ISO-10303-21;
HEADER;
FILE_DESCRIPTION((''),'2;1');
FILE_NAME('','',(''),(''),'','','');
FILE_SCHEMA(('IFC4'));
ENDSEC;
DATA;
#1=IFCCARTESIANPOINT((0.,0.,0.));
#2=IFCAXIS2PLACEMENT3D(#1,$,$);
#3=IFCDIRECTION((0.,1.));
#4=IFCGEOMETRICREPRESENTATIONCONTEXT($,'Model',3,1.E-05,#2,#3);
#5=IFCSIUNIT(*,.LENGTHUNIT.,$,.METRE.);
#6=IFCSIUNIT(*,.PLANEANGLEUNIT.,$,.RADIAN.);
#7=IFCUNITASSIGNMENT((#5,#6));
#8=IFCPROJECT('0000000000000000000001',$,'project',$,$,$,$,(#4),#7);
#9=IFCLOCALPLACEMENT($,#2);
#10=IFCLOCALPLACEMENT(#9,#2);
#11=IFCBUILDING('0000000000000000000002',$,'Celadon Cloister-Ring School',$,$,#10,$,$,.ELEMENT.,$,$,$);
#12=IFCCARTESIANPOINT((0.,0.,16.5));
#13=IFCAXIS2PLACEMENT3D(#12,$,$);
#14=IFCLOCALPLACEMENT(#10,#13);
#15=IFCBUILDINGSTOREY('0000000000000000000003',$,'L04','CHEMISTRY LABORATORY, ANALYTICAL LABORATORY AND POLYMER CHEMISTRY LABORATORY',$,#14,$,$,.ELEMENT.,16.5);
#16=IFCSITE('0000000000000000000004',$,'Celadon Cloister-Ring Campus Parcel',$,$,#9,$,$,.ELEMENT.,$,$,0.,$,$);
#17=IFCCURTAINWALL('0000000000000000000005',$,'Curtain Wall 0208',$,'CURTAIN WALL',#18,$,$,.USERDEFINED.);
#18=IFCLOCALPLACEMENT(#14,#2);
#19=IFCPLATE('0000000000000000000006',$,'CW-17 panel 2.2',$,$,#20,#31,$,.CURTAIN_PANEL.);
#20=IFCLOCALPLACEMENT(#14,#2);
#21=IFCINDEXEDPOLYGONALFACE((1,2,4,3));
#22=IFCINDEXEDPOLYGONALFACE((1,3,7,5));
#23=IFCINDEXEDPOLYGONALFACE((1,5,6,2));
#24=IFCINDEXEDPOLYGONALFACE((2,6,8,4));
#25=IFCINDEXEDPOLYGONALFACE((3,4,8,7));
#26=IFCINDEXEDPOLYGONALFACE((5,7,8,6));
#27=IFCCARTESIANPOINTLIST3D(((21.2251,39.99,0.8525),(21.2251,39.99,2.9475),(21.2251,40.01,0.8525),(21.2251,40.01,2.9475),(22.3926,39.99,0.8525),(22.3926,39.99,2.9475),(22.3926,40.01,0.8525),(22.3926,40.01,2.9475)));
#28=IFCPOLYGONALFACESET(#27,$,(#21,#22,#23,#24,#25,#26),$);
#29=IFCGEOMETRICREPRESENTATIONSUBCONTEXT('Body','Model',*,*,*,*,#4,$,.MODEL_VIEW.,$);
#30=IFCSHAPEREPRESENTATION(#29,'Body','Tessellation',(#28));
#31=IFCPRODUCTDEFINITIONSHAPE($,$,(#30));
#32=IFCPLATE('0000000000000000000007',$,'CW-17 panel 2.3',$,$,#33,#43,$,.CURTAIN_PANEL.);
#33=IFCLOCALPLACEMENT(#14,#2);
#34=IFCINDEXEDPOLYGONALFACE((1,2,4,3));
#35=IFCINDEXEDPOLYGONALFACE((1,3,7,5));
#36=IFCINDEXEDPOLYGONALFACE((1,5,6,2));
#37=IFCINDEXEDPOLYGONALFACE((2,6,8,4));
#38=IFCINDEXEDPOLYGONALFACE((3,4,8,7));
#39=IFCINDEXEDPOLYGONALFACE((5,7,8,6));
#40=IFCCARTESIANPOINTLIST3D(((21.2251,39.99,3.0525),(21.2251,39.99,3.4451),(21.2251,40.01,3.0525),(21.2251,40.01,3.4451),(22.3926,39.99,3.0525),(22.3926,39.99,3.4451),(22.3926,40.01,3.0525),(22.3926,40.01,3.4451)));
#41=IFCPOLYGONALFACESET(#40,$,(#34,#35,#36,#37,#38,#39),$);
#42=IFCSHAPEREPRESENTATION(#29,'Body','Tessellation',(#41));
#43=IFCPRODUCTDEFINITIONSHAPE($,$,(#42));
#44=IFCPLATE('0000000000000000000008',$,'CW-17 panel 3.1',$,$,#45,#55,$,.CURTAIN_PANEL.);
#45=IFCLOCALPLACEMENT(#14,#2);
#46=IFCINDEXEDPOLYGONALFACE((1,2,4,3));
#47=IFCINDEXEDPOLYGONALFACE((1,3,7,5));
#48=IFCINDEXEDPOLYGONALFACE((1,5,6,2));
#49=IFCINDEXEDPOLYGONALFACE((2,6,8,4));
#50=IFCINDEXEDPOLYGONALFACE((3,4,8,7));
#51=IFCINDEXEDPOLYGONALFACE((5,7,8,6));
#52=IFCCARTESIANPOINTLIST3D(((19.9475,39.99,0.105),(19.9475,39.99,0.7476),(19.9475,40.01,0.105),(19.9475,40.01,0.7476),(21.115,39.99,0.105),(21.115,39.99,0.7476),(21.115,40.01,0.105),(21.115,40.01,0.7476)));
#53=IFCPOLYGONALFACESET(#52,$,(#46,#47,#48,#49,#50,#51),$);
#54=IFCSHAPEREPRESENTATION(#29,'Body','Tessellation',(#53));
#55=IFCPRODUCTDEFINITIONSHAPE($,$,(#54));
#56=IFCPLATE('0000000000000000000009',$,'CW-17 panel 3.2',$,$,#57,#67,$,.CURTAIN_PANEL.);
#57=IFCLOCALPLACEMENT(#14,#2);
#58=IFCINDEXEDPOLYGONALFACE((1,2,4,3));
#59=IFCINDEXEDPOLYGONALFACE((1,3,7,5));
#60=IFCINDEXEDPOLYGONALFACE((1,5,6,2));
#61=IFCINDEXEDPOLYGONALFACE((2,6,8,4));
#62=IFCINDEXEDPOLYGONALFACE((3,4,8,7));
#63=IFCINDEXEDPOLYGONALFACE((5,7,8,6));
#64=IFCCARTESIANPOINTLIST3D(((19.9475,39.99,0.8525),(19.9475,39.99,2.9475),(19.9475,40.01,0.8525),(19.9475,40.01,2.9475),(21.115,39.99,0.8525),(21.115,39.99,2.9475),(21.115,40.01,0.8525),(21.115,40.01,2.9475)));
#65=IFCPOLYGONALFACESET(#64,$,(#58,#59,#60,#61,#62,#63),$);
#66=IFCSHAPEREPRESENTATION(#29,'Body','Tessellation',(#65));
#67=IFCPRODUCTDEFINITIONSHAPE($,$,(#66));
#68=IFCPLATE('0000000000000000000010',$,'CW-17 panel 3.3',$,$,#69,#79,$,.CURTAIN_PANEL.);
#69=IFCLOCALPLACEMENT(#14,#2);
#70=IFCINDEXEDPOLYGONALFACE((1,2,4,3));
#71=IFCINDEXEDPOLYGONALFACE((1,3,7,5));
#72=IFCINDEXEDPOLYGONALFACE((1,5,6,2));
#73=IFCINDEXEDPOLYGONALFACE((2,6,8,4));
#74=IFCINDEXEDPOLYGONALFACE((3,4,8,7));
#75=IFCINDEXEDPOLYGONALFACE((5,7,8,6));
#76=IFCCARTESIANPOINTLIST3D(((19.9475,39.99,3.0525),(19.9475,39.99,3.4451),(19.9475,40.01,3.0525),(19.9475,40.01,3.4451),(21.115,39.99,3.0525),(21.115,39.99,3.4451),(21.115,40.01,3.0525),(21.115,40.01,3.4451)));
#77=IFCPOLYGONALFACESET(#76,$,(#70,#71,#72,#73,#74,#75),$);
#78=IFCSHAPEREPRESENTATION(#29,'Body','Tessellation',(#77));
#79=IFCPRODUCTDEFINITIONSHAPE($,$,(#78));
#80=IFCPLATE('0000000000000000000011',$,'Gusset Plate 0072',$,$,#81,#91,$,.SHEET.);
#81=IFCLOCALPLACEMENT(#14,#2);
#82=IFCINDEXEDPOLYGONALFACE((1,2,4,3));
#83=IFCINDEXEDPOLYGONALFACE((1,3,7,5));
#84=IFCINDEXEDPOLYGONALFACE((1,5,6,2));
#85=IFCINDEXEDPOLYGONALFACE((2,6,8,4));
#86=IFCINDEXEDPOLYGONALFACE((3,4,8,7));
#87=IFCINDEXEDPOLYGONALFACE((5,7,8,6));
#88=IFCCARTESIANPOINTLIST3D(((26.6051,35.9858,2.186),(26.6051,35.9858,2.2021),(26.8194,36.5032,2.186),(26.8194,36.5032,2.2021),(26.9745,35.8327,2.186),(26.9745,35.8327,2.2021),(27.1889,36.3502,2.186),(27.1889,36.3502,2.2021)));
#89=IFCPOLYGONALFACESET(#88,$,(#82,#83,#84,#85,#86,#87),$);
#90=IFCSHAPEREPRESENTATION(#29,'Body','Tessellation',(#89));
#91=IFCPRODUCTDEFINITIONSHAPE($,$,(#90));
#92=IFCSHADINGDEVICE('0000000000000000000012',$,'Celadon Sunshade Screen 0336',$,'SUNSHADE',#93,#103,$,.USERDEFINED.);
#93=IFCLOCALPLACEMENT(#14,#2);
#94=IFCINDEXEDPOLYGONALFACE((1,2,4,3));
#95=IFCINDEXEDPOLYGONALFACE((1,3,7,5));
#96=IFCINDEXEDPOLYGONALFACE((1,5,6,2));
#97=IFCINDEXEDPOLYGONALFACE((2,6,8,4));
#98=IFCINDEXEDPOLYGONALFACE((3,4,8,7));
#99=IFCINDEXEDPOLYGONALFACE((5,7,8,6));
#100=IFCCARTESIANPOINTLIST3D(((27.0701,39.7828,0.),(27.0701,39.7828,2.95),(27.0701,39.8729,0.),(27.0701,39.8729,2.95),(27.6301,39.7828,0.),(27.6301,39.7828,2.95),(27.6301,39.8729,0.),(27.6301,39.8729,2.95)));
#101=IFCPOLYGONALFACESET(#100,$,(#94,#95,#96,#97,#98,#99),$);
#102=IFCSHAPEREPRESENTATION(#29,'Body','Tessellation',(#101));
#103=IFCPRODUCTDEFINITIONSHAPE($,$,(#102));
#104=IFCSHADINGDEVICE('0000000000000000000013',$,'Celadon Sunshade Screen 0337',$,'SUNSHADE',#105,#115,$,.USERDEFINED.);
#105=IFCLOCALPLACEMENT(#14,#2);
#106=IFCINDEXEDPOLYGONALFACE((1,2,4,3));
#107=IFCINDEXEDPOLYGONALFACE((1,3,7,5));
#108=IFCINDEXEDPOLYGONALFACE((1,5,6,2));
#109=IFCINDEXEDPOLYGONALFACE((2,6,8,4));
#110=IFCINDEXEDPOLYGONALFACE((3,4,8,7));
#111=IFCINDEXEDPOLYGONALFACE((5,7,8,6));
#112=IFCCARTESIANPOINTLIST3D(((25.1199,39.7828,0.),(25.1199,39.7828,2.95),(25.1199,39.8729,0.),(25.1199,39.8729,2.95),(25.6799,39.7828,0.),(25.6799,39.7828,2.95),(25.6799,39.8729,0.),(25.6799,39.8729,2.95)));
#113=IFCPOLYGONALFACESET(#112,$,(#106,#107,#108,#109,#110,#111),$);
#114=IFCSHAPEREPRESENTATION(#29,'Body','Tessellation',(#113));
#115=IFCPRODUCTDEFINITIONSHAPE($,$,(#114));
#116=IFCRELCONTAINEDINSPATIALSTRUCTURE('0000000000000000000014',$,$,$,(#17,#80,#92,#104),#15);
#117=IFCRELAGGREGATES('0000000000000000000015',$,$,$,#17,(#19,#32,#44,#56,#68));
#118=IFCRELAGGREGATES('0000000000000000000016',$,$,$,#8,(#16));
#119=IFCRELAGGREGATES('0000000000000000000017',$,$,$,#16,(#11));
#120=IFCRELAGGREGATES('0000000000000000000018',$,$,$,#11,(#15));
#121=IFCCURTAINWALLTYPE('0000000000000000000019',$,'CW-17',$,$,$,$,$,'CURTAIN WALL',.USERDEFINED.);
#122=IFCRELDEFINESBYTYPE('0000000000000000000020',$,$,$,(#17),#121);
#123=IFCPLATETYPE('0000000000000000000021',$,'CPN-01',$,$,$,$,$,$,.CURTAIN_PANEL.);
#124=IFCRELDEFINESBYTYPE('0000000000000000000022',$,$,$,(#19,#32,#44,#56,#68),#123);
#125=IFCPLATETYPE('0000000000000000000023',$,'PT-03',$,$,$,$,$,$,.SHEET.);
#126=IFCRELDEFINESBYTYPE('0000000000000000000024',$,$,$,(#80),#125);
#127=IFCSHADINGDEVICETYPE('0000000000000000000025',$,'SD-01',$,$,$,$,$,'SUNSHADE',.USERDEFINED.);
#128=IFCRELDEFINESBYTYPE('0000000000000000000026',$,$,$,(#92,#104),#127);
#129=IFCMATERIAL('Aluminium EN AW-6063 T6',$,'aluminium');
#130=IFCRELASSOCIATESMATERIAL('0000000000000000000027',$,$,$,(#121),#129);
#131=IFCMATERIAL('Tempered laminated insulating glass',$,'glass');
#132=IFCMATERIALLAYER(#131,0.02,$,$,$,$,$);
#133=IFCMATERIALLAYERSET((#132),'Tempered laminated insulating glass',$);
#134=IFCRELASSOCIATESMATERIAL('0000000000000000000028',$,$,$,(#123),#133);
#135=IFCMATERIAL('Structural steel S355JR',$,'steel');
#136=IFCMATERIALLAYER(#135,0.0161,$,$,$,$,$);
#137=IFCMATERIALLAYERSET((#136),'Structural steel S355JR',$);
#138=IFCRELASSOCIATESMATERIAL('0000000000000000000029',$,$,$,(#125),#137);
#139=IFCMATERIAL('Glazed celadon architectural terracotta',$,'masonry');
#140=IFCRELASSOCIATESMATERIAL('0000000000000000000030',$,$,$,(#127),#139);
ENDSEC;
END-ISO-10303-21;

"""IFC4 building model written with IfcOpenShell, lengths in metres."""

from ifc_helpers import new_model, si_unit, direction, frame, origin, origin_2d, place, context, subcontext, project, spatial, rectangle, extrude, material, layer, layer_set, type_object, element, aggregate, save


model = new_model("IFC4")

# Units and contexts
model_context = context("Model", 3, precision=1e-05, world=origin(), true_north=direction((0.0, 1.0)))
body_context = subcontext(model_context, "Body", "Model", "MODEL_VIEW")
ifc_project = project(units=[si_unit("LENGTHUNIT", "METRE"), si_unit("PLANEANGLEUNIT", "RADIAN")], contexts=[model_context])

# Site, building, storey
site_placement = place(None, origin())
site = spatial("IfcSite", under=ifc_project, at=site_placement, Name="Celadon Cloister-Ring Campus Parcel", CompositionType="ELEMENT", RefElevation=0.0)
building_placement = place(site_placement, origin())
building = spatial("IfcBuilding", under=site, at=building_placement, Name="Celadon Cloister-Ring School", CompositionType="ELEMENT")
storey_placement = place(building_placement, frame((0.0, 0.0, 16.5)))
storey = spatial("IfcBuildingStorey", under=building, at=storey_placement, Name="L04", Description="CHEMISTRY LABORATORY, ANALYTICAL LABORATORY AND POLYMER CHEMISTRY LABORATORY", CompositionType="ELEMENT", Elevation=16.5)

# Curtain wall, plates
ifc_material_1 = material(Name="Aluminium EN AW-6063 T6", Category="aluminium")
curtain_wall_type = type_object("IfcCurtainWallType", Name="CW-17", ElementType="CURTAIN WALL", PredefinedType="USERDEFINED", material=ifc_material_1)
curtain_wall_placement = place(storey_placement, origin())
curtain_wall = element("IfcCurtainWall", 1, at=curtain_wall_placement, inside=storey, type_object=curtain_wall_type, Name="Curtain Wall 0208", ObjectType="CURTAIN WALL", PredefinedType="USERDEFINED")
ifc_material_2 = material(Name="Tempered laminated insulating glass", Category="glass")
ifc_layer_1 = layer(ifc_material_2, 0.02)
ifc_layer_set_1 = layer_set([ifc_layer_1], Name="Tempered laminated insulating glass")
plate_type_1 = type_object("IfcPlateType", Name="CPN-01", PredefinedType="CURTAIN_PANEL", material=ifc_layer_set_1)
plate_1_placement = place(storey_placement, frame((21.8088, 40.0, 0.8525), z_axis=(0.0, 0.0, 1.0), x_axis=(-1.0, 0.0, 0.0)))
plate_1 = element("IfcPlate", 2, at=plate_1_placement, type_object=plate_type_1, Name="CW-17 panel 2.2", PredefinedType="CURTAIN_PANEL", context=body_context, shape_type="SweptSolid", body=[
    extrude(rectangle(XDim=1.1675, YDim=0.02, at=origin_2d()), origin(), (0.0, 0.0, 1.0), 2.095),
])
plate_2_placement = place(storey_placement, frame((21.8088, 40.0, 3.0525), z_axis=(0.0, 0.0, 1.0), x_axis=(-1.0, 0.0, 0.0)))
plate_2 = element("IfcPlate", 3, at=plate_2_placement, type_object=plate_type_1, Name="CW-17 panel 2.3", PredefinedType="CURTAIN_PANEL", context=body_context, shape_type="SweptSolid", body=[
    extrude(rectangle(XDim=1.1675, YDim=0.02, at=origin_2d()), origin(), (0.0, 0.0, 1.0), 0.3926),
])
plate_3_placement = place(storey_placement, frame((20.5312, 40.0, 0.105), z_axis=(0.0, 0.0, 1.0), x_axis=(-1.0, 0.0, 0.0)))
plate_3 = element("IfcPlate", 4, at=plate_3_placement, type_object=plate_type_1, Name="CW-17 panel 3.1", PredefinedType="CURTAIN_PANEL", context=body_context, shape_type="SweptSolid", body=[
    extrude(rectangle(XDim=1.1675, YDim=0.02, at=origin_2d()), origin(), (0.0, 0.0, 1.0), 0.6426),
])
plate_4_placement = place(storey_placement, frame((20.5312, 40.0, 0.8525), z_axis=(0.0, 0.0, 1.0), x_axis=(-1.0, 0.0, 0.0)))
plate_4 = element("IfcPlate", 5, at=plate_4_placement, type_object=plate_type_1, Name="CW-17 panel 3.2", PredefinedType="CURTAIN_PANEL", context=body_context, shape_type="SweptSolid", body=[
    extrude(rectangle(XDim=1.1675, YDim=0.02, at=origin_2d()), origin(), (0.0, 0.0, 1.0), 2.095),
])
plate_5_placement = place(storey_placement, frame((20.5312, 40.0, 3.0525), z_axis=(0.0, 0.0, 1.0), x_axis=(-1.0, 0.0, 0.0)))
plate_5 = element("IfcPlate", 6, at=plate_5_placement, type_object=plate_type_1, Name="CW-17 panel 3.3", PredefinedType="CURTAIN_PANEL", context=body_context, shape_type="SweptSolid", body=[
    extrude(rectangle(XDim=1.1675, YDim=0.02, at=origin_2d()), origin(), (0.0, 0.0, 1.0), 0.3926),
])
aggregate(curtain_wall, [plate_1, plate_2, plate_3, plate_4, plate_5])

# Plate
ifc_material_3 = material(Name="Structural steel S355JR", Category="steel")
ifc_layer_2 = layer(ifc_material_3, 0.0161)
ifc_layer_set_2 = layer_set([ifc_layer_2], Name="Structural steel S355JR")
plate_type_2 = type_object("IfcPlateType", Name="PT-03", PredefinedType="SHEET", material=ifc_layer_set_2)
plate_6_placement = place(storey_placement, frame((26.897, 36.168, 2.186), z_axis=(0.0, 0.0, 1.0), x_axis=(0.382683, 0.92388, 0.0)))
element("IfcPlate", 7, at=plate_6_placement, inside=storey, type_object=plate_type_2, Name="Gusset Plate 0072", PredefinedType="SHEET", context=body_context, shape_type="SweptSolid", body=[
    extrude(rectangle(XDim=0.5601, YDim=0.3999, at=origin_2d()), origin(), (0.0, 0.0, 1.0), 0.0161),
])

# Shading devices
ifc_material_4 = material(Name="Glazed celadon architectural terracotta", Category="masonry")
shading_device_type = type_object("IfcShadingDeviceType", Name="SD-01", ElementType="SUNSHADE", PredefinedType="USERDEFINED", material=ifc_material_4)
for number, where, z_axis, x_axis, name in (
    (8, (27.3501, 39.8279, 0.0), (0.0, 0.0, 1.0), (-1.0, 0.0, 0.0), "Celadon Sunshade Screen 0336"),
    (9, (25.3999, 39.8279, 0.0), (0.0, 0.0, 1.0), (-1.0, 0.0, 0.0), "Celadon Sunshade Screen 0337"),
):
    element("IfcShadingDevice", number, at=place(storey_placement, frame(where, z_axis=z_axis, x_axis=x_axis)), inside=storey, type_object=shading_device_type, Name=name, ObjectType="SUNSHADE", PredefinedType="USERDEFINED", context=body_context, shape_type="SweptSolid", body=[
        extrude(rectangle(XDim=0.5601, YDim=0.0901, at=origin_2d()), origin(), (0.0, 0.0, 1.0), 2.95),
    ])

save(model, "model.ifc")
